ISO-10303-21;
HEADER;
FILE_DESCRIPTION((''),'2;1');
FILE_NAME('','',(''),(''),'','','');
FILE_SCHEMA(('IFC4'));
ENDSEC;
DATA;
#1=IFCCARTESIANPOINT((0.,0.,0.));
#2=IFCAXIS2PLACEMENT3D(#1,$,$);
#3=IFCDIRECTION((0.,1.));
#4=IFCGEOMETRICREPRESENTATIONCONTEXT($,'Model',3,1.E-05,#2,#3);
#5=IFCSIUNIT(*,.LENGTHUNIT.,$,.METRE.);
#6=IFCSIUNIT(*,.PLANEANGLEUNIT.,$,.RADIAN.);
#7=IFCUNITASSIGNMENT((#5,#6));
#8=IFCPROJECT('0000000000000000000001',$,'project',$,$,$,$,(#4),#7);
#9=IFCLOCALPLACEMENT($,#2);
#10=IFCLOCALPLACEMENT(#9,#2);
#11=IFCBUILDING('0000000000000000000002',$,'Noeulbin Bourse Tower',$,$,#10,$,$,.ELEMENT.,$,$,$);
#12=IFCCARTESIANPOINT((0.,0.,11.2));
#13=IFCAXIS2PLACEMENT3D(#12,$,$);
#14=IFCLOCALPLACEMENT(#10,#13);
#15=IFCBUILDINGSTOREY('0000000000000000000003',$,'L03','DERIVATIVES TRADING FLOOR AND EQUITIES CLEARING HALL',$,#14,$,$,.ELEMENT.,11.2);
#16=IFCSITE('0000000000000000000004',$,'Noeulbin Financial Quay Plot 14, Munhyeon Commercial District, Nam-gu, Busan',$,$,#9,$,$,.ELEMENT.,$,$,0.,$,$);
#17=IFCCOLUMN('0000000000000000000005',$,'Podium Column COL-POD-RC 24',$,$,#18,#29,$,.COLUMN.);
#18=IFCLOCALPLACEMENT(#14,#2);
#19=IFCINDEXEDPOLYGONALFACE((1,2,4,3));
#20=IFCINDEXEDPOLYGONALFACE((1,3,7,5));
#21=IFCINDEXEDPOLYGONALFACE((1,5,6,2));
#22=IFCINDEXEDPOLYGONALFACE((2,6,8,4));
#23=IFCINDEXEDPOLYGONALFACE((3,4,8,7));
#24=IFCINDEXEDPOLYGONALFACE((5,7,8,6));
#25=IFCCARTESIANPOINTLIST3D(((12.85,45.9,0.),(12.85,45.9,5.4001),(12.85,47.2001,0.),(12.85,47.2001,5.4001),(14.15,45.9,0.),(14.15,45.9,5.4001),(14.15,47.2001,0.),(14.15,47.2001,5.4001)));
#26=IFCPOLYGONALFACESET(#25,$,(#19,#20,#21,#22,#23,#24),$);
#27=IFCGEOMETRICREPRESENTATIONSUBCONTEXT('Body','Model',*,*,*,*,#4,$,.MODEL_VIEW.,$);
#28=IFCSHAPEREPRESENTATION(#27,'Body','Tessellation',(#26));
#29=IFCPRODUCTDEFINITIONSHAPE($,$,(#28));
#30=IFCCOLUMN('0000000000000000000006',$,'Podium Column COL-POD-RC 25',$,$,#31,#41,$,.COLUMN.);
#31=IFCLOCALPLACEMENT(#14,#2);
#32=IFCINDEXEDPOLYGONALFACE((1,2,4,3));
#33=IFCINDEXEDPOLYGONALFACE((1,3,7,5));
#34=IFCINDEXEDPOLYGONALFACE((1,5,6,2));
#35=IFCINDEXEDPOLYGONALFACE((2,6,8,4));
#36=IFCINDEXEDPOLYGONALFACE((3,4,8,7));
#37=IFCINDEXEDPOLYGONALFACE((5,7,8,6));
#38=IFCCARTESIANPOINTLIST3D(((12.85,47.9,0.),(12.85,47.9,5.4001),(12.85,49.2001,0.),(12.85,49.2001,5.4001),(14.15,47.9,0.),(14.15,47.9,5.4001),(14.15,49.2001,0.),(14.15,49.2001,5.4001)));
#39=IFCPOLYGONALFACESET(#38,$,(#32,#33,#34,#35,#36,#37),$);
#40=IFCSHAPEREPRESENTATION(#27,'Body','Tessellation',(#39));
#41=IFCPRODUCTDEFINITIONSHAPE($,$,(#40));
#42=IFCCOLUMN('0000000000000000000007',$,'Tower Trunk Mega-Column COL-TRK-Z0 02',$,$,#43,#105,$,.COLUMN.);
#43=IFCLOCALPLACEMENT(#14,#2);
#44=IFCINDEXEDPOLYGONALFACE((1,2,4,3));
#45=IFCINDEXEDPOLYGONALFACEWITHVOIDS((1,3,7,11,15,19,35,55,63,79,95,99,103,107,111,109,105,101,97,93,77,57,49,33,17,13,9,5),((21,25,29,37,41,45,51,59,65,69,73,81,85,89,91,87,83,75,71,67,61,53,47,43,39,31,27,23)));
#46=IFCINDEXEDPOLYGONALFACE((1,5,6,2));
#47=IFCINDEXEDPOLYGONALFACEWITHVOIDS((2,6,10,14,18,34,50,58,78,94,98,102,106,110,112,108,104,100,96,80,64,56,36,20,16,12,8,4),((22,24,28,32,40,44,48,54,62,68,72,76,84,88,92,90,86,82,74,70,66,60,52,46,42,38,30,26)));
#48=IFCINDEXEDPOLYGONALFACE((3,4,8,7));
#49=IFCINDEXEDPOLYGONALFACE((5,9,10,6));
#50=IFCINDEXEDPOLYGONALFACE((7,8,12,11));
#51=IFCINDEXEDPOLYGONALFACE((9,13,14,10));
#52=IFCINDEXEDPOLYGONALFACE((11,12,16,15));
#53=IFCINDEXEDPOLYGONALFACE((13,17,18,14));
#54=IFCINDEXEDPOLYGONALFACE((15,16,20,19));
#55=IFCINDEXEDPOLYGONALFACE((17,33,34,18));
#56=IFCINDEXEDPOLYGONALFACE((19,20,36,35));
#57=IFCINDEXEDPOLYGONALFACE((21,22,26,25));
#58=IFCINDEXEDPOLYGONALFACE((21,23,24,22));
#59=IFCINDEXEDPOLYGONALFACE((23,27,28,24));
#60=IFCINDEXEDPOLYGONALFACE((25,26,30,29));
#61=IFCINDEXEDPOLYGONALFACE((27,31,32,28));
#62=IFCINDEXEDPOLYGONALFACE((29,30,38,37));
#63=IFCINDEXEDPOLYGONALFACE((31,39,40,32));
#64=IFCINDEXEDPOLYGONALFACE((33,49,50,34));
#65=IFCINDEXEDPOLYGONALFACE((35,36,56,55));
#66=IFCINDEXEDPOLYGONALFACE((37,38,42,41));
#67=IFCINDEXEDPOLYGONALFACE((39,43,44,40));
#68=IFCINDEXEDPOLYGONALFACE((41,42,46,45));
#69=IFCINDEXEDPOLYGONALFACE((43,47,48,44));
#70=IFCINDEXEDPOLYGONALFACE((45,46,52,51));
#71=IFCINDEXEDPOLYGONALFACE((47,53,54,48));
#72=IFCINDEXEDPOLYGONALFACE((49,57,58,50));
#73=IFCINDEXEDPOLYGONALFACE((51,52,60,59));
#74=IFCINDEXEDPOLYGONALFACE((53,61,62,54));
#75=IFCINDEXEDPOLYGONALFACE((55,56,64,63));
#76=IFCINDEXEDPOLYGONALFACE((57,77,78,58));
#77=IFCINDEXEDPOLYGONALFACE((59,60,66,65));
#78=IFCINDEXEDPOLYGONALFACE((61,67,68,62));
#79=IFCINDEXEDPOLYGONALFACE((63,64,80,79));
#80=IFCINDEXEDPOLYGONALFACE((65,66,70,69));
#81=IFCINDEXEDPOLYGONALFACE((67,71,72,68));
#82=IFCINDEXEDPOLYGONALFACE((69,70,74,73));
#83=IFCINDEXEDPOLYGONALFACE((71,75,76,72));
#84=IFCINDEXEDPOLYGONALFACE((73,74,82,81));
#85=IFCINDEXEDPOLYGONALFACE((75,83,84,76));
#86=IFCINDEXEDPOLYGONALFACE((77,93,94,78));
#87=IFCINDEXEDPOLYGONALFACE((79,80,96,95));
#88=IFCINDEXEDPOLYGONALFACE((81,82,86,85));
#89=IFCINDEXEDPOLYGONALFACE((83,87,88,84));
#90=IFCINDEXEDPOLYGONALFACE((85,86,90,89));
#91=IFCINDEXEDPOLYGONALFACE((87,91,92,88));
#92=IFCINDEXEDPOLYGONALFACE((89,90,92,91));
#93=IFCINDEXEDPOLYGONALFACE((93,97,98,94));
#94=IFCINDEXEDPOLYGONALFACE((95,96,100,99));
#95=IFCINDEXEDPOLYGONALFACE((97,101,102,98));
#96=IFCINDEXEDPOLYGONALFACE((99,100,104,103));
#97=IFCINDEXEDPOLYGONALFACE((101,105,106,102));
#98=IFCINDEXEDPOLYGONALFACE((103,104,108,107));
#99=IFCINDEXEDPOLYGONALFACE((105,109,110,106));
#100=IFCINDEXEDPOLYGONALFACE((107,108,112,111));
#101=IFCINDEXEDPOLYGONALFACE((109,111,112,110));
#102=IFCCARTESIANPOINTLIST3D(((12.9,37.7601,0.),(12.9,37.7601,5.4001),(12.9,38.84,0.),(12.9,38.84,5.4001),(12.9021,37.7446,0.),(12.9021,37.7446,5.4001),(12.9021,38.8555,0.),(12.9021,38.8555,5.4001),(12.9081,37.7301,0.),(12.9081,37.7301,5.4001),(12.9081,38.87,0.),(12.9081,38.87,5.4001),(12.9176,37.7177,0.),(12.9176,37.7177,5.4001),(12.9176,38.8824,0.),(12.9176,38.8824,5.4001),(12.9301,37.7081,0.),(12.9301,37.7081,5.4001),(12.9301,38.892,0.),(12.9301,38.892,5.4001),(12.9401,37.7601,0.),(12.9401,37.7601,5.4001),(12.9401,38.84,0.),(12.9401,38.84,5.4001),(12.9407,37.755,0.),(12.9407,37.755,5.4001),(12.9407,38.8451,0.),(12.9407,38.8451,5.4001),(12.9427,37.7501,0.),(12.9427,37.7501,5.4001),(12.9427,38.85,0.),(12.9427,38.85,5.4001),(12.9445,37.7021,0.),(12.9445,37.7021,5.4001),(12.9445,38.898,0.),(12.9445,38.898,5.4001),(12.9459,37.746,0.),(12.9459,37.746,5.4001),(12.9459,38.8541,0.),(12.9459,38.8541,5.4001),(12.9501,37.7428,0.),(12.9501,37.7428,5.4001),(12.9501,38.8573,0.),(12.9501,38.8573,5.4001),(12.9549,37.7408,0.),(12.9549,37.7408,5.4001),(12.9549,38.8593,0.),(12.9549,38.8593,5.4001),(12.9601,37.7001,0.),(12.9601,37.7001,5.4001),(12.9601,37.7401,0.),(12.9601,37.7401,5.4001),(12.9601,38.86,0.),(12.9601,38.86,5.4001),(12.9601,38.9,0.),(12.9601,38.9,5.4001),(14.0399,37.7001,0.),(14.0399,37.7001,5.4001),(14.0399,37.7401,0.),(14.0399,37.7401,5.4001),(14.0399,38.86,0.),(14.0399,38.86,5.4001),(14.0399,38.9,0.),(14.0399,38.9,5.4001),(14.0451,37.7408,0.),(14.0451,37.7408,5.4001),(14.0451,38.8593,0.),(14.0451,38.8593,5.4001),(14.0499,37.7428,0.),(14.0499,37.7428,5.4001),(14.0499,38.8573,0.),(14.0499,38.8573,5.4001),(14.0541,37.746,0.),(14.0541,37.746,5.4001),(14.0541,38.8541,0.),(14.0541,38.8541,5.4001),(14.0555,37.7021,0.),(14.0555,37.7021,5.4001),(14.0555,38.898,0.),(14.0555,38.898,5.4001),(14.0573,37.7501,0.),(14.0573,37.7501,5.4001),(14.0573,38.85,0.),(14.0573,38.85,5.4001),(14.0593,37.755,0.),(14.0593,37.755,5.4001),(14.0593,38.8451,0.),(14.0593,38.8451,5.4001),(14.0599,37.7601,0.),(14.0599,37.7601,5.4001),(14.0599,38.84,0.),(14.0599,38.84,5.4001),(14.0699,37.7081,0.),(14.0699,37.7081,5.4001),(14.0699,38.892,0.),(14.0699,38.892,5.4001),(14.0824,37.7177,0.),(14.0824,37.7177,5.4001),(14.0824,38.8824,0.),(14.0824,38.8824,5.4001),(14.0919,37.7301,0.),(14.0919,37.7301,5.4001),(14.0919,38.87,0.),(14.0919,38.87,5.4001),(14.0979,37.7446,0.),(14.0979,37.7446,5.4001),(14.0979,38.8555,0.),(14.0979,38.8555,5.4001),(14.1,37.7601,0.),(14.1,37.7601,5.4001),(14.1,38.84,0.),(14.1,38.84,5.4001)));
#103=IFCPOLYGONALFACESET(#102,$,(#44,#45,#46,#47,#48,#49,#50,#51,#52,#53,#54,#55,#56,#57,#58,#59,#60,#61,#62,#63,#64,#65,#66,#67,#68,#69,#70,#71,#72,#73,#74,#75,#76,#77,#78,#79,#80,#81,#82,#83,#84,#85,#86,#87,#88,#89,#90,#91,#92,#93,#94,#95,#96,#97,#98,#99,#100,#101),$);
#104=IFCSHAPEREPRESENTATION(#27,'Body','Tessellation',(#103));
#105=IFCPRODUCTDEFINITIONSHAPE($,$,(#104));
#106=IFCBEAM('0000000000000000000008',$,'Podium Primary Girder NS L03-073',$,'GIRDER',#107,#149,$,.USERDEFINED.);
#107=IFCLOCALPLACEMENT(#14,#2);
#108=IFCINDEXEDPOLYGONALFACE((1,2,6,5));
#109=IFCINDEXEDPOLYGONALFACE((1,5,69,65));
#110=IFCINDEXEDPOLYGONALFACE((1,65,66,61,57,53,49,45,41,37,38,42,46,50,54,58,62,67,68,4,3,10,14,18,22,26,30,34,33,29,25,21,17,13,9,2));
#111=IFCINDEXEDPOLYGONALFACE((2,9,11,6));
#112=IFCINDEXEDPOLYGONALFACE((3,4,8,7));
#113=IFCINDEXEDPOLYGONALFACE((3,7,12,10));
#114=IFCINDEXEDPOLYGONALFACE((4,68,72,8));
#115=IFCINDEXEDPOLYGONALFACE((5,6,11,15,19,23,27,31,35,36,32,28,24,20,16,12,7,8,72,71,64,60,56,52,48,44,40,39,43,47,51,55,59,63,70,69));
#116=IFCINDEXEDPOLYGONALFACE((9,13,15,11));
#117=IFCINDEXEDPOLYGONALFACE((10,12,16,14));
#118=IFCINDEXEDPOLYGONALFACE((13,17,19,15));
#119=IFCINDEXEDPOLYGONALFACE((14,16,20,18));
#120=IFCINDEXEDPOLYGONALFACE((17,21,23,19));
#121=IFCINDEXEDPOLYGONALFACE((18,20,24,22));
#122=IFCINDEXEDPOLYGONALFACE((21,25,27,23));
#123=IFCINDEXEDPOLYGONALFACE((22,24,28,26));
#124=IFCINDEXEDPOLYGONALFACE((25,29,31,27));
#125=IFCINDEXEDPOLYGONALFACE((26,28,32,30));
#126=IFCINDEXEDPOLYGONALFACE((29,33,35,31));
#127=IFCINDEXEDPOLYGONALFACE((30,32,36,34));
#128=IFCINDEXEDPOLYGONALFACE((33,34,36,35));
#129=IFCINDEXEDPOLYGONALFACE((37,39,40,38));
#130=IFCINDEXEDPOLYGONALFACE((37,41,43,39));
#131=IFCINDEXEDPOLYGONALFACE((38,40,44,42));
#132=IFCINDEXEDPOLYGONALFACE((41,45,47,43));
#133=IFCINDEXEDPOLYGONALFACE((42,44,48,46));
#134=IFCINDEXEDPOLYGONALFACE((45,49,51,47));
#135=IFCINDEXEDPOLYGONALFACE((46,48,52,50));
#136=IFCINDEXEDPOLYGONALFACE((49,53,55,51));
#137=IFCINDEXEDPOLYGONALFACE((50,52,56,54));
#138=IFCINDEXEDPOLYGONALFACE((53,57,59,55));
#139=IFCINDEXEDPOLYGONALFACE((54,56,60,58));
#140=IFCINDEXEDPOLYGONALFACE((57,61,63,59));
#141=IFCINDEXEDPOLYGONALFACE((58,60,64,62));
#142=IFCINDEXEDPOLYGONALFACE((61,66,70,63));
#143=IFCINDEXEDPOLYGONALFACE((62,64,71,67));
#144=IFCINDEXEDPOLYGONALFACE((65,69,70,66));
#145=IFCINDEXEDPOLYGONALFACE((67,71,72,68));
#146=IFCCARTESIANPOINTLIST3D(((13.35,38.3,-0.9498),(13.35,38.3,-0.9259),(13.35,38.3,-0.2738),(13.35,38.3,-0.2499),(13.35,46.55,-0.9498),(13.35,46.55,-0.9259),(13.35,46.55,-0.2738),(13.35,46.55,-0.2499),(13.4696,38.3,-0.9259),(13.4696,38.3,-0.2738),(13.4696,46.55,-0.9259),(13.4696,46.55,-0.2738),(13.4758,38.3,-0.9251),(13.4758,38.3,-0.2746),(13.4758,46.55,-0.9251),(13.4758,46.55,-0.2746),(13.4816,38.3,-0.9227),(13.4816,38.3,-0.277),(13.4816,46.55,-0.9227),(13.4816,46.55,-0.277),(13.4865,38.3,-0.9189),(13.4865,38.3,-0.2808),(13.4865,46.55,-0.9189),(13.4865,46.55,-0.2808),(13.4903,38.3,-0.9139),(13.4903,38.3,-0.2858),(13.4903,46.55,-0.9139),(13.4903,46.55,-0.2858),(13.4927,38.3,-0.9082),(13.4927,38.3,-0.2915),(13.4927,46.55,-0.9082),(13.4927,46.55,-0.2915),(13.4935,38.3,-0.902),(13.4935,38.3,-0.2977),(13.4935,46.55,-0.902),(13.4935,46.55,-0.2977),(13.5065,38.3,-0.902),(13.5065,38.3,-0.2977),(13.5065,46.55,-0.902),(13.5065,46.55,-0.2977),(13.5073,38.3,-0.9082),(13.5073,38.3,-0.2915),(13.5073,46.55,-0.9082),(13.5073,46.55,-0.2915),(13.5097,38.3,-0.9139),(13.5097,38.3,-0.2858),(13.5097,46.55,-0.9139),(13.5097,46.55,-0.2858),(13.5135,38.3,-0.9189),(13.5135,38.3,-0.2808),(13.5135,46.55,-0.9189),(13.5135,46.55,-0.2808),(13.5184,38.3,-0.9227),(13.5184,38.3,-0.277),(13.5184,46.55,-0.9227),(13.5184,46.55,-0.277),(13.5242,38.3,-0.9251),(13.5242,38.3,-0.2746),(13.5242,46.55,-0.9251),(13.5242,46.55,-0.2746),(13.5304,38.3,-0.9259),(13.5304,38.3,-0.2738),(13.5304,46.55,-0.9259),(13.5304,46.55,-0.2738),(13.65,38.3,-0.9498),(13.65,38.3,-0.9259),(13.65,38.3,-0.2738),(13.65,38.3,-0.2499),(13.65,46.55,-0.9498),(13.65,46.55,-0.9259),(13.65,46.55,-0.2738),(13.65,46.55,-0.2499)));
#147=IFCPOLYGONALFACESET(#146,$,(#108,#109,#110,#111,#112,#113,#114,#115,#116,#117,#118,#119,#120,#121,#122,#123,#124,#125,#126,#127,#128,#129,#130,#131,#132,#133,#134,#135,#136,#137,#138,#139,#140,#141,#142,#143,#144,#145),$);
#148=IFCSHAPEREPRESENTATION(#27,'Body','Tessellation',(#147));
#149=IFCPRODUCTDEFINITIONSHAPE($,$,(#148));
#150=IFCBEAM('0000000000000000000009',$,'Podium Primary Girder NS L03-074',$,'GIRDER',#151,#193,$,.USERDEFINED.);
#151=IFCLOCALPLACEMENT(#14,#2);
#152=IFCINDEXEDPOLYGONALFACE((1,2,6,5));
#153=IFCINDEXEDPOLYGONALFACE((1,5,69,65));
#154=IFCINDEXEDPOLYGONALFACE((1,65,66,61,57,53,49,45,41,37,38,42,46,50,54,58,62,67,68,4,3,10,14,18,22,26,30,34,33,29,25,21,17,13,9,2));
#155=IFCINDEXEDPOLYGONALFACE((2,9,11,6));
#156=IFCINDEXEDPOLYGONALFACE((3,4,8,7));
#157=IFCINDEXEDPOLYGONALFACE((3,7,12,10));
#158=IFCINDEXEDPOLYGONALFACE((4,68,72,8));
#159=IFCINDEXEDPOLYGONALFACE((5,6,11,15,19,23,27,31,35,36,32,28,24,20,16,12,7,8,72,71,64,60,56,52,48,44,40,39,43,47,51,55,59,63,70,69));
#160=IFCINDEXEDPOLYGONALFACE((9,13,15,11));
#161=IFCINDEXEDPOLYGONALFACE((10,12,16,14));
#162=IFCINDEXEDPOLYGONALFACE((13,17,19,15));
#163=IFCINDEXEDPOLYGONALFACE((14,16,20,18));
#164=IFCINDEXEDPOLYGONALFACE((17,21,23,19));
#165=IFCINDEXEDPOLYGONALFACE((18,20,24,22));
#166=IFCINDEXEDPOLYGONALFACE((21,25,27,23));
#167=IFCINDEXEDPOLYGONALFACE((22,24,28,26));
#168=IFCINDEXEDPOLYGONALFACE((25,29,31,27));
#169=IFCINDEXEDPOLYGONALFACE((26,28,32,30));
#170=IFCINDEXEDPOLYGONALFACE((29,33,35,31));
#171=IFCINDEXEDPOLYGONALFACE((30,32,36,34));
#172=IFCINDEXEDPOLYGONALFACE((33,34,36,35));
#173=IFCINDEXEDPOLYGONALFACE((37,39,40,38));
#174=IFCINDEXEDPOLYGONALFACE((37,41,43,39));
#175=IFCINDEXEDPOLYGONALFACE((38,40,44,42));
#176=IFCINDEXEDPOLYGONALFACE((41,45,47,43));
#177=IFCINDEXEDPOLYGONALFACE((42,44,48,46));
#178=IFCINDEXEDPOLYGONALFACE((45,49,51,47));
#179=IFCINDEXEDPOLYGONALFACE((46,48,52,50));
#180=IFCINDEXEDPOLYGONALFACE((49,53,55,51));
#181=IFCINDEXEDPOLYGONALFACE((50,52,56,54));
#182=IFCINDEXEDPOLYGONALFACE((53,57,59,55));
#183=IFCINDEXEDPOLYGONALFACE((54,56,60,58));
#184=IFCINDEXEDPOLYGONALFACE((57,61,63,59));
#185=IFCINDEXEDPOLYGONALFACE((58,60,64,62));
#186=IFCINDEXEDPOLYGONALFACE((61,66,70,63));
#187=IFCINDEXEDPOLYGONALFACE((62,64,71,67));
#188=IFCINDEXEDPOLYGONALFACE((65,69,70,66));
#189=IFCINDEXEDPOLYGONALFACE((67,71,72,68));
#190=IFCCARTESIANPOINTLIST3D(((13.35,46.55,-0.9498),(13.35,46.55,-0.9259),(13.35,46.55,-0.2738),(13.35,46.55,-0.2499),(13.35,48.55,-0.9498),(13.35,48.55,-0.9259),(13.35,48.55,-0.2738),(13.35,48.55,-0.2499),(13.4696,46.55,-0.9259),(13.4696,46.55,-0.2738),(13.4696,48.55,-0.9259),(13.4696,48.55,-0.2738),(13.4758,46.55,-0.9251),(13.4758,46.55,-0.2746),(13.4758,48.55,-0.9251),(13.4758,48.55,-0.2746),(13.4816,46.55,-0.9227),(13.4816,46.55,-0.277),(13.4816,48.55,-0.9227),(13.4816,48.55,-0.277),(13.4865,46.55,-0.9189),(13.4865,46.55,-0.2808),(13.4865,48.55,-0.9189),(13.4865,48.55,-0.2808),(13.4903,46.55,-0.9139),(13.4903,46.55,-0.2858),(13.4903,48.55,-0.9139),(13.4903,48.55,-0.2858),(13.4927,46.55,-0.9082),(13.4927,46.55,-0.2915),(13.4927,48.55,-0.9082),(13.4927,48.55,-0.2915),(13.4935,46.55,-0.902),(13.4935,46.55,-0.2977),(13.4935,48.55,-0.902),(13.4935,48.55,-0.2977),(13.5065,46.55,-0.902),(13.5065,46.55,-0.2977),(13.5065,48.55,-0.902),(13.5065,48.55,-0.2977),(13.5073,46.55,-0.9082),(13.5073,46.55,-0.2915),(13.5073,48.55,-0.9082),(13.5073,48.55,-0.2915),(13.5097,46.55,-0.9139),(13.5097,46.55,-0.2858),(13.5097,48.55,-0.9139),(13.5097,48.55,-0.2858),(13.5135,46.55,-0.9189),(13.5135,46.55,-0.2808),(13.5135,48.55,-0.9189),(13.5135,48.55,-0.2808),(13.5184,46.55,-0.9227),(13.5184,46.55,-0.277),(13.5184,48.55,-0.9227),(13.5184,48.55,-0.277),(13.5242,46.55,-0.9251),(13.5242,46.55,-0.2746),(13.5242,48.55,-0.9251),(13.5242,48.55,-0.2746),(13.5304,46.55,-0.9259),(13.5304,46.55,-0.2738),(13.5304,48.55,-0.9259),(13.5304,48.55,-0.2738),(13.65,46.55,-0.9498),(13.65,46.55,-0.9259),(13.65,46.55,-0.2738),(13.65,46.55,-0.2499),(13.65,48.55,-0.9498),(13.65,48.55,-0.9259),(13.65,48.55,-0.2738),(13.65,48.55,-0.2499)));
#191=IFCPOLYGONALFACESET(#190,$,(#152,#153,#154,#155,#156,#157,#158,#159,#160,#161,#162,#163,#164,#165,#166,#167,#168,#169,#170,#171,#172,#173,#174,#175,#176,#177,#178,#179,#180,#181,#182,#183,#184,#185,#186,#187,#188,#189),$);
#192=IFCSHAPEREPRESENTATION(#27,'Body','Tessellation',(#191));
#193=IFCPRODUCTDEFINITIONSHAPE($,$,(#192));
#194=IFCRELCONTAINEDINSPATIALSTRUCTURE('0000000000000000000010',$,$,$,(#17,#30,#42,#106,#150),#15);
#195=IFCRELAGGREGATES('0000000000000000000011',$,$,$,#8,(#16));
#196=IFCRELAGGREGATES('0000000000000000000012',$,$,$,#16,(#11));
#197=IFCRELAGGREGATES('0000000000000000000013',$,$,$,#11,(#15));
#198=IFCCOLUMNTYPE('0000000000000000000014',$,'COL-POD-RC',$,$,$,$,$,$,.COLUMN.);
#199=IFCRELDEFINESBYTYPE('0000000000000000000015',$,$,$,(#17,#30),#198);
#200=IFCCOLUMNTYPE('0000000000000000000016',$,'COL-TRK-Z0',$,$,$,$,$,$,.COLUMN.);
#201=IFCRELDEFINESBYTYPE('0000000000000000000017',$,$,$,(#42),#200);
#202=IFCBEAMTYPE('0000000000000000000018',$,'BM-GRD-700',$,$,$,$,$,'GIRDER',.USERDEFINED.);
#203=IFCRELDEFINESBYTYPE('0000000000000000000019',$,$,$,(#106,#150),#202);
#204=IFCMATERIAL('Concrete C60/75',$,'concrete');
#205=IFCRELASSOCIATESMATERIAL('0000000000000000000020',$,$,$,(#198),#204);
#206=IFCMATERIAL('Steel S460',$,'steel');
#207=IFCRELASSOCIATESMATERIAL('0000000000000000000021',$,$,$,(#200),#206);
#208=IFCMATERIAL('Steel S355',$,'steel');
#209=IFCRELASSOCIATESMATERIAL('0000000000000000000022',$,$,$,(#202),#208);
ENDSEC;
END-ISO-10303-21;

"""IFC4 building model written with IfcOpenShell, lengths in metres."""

from ifc_helpers import new_model, si_unit, direction, frame, origin, origin_2d, place, context, subcontext, project, spatial, rectangle, hollow_rectangle, i_section, extrude, material, material_profile, profile_set, type_object, element, save


model = new_model("IFC4")

# Units and contexts
model_context = context("Model", 3, precision=1e-05, world=origin(), true_north=direction((0.0, 1.0)))
body_context = subcontext(model_context, "Body", "Model", "MODEL_VIEW")
ifc_project = project(units=[si_unit("LENGTHUNIT", "METRE"), si_unit("PLANEANGLEUNIT", "RADIAN")], contexts=[model_context])

# Site, building, storey
site_placement = place(None, origin())
site = spatial("IfcSite", under=ifc_project, at=site_placement, Name="Noeulbin Financial Quay Plot 14, Munhyeon Commercial District, Nam-gu, Busan", CompositionType="ELEMENT", RefElevation=0.0)
building_placement = place(site_placement, origin())
building = spatial("IfcBuilding", under=site, at=building_placement, Name="Noeulbin Bourse Tower", CompositionType="ELEMENT")
storey_placement = place(building_placement, frame((0.0, 0.0, 11.2)))
storey = spatial("IfcBuildingStorey", under=building, at=storey_placement, Name="L03", Description="DERIVATIVES TRADING FLOOR AND EQUITIES CLEARING HALL", CompositionType="ELEMENT", Elevation=11.2)

# Columns
ifc_material_1 = material(Name="Concrete C60/75", Category="concrete")
ifc_material_profile_1 = material_profile(ifc_material_1, rectangle(XDim=1.3, YDim=1.3, at=origin_2d()), Name="RC-COL-1300x1300", Category="LoadBearing")
ifc_profile_set_1 = profile_set([ifc_material_profile_1], Name="Concrete C60/75")
column_type_1 = type_object("IfcColumnType", Name="COL-POD-RC", PredefinedType="COLUMN", material=ifc_profile_set_1)
for number, where, z_axis, x_axis, name in (
    (1, (13.5, 46.55, 0.0), (0.0, 0.0, 1.0), (1.0, 0.0, 0.0), "Podium Column COL-POD-RC 24"),
    (2, (13.5, 48.55, 0.0), (0.0, 0.0, 1.0), (1.0, 0.0, 0.0), "Podium Column COL-POD-RC 25"),
):
    element("IfcColumn", number, at=place(storey_placement, frame(where, z_axis=z_axis, x_axis=x_axis)), inside=storey, type_object=column_type_1, Name=name, PredefinedType="COLUMN", context=body_context, shape_type="SweptSolid", body=[
        extrude(rectangle(XDim=1.3, YDim=1.3, at=origin_2d()), origin(), (0.0, 0.0, 1.0), 5.4001),
    ])
ifc_material_2 = material(Name="Steel S460", Category="steel")
ifc_material_profile_2 = material_profile(ifc_material_2, hollow_rectangle(XDim=1.2, YDim=1.2, WallThickness=0.04, InnerFilletRadius=0.02, OuterFilletRadius=0.0601, at=origin_2d()), Name="BOX-1200x1200x40", Category="LoadBearing")
ifc_profile_set_2 = profile_set([ifc_material_profile_2], Name="Steel S460")
column_type_2 = type_object("IfcColumnType", Name="COL-TRK-Z0", PredefinedType="COLUMN", material=ifc_profile_set_2)
column_placement = place(storey_placement, frame((13.5, 38.3, 0.0), z_axis=(0.0, 0.0, 1.0), x_axis=(1.0, 0.0, 0.0)))
element("IfcColumn", 3, at=column_placement, inside=storey, type_object=column_type_2, Name="Tower Trunk Mega-Column COL-TRK-Z0 02", PredefinedType="COLUMN", context=body_context, shape_type="SweptSolid", body=[
    extrude(hollow_rectangle(XDim=1.2, YDim=1.2, WallThickness=0.04, InnerFilletRadius=0.02, OuterFilletRadius=0.0601, at=origin_2d()), origin(), (0.0, 0.0, 1.0), 5.4001),
])

# Beams
ifc_material_3 = material(Name="Steel S355", Category="steel")
ifc_material_profile_3 = material_profile(ifc_material_3, i_section(OverallWidth=0.3, OverallDepth=0.7, WebThickness=0.0129, FlangeThickness=0.0239, FilletRadius=0.0239, at=origin_2d()), Name="H-700x300x13x24", Category="LoadBearing")
ifc_profile_set_3 = profile_set([ifc_material_profile_3], Name="Steel S355")
beam_type_1 = type_object("IfcBeamType", Name="BM-GRD-700", ElementType="GIRDER", PredefinedType="USERDEFINED", material=ifc_profile_set_3)
beam_1_placement = place(storey_placement, frame((13.5, 38.3, -0.5999), z_axis=(0.0, 1.0, 0.0), x_axis=(-1.0, 0.0, 0.0)))
element("IfcBeam", 4, at=beam_1_placement, inside=storey, type_object=beam_type_1, Name="Podium Primary Girder NS L03-073", ObjectType="GIRDER", PredefinedType="USERDEFINED", context=body_context, shape_type="SweptSolid", body=[
    extrude(i_section(OverallWidth=0.3, OverallDepth=0.7, WebThickness=0.0129, FlangeThickness=0.0239, FilletRadius=0.0239, at=origin_2d()), origin(), (0.0, 0.0, 1.0), 8.25),
])
beam_2_placement = place(storey_placement, frame((13.5, 46.55, -0.5999), z_axis=(0.0, 1.0, 0.0), x_axis=(-1.0, 0.0, 0.0)))
element("IfcBeam", 5, at=beam_2_placement, inside=storey, type_object=beam_type_1, Name="Podium Primary Girder NS L03-074", ObjectType="GIRDER", PredefinedType="USERDEFINED", context=body_context, shape_type="SweptSolid", body=[
    extrude(i_section(OverallWidth=0.3, OverallDepth=0.7, WebThickness=0.0129, FlangeThickness=0.0239, FilletRadius=0.0239, at=origin_2d()), origin(), (0.0, 0.0, 1.0), 2.0),
])

save(model, "model.ifc")
